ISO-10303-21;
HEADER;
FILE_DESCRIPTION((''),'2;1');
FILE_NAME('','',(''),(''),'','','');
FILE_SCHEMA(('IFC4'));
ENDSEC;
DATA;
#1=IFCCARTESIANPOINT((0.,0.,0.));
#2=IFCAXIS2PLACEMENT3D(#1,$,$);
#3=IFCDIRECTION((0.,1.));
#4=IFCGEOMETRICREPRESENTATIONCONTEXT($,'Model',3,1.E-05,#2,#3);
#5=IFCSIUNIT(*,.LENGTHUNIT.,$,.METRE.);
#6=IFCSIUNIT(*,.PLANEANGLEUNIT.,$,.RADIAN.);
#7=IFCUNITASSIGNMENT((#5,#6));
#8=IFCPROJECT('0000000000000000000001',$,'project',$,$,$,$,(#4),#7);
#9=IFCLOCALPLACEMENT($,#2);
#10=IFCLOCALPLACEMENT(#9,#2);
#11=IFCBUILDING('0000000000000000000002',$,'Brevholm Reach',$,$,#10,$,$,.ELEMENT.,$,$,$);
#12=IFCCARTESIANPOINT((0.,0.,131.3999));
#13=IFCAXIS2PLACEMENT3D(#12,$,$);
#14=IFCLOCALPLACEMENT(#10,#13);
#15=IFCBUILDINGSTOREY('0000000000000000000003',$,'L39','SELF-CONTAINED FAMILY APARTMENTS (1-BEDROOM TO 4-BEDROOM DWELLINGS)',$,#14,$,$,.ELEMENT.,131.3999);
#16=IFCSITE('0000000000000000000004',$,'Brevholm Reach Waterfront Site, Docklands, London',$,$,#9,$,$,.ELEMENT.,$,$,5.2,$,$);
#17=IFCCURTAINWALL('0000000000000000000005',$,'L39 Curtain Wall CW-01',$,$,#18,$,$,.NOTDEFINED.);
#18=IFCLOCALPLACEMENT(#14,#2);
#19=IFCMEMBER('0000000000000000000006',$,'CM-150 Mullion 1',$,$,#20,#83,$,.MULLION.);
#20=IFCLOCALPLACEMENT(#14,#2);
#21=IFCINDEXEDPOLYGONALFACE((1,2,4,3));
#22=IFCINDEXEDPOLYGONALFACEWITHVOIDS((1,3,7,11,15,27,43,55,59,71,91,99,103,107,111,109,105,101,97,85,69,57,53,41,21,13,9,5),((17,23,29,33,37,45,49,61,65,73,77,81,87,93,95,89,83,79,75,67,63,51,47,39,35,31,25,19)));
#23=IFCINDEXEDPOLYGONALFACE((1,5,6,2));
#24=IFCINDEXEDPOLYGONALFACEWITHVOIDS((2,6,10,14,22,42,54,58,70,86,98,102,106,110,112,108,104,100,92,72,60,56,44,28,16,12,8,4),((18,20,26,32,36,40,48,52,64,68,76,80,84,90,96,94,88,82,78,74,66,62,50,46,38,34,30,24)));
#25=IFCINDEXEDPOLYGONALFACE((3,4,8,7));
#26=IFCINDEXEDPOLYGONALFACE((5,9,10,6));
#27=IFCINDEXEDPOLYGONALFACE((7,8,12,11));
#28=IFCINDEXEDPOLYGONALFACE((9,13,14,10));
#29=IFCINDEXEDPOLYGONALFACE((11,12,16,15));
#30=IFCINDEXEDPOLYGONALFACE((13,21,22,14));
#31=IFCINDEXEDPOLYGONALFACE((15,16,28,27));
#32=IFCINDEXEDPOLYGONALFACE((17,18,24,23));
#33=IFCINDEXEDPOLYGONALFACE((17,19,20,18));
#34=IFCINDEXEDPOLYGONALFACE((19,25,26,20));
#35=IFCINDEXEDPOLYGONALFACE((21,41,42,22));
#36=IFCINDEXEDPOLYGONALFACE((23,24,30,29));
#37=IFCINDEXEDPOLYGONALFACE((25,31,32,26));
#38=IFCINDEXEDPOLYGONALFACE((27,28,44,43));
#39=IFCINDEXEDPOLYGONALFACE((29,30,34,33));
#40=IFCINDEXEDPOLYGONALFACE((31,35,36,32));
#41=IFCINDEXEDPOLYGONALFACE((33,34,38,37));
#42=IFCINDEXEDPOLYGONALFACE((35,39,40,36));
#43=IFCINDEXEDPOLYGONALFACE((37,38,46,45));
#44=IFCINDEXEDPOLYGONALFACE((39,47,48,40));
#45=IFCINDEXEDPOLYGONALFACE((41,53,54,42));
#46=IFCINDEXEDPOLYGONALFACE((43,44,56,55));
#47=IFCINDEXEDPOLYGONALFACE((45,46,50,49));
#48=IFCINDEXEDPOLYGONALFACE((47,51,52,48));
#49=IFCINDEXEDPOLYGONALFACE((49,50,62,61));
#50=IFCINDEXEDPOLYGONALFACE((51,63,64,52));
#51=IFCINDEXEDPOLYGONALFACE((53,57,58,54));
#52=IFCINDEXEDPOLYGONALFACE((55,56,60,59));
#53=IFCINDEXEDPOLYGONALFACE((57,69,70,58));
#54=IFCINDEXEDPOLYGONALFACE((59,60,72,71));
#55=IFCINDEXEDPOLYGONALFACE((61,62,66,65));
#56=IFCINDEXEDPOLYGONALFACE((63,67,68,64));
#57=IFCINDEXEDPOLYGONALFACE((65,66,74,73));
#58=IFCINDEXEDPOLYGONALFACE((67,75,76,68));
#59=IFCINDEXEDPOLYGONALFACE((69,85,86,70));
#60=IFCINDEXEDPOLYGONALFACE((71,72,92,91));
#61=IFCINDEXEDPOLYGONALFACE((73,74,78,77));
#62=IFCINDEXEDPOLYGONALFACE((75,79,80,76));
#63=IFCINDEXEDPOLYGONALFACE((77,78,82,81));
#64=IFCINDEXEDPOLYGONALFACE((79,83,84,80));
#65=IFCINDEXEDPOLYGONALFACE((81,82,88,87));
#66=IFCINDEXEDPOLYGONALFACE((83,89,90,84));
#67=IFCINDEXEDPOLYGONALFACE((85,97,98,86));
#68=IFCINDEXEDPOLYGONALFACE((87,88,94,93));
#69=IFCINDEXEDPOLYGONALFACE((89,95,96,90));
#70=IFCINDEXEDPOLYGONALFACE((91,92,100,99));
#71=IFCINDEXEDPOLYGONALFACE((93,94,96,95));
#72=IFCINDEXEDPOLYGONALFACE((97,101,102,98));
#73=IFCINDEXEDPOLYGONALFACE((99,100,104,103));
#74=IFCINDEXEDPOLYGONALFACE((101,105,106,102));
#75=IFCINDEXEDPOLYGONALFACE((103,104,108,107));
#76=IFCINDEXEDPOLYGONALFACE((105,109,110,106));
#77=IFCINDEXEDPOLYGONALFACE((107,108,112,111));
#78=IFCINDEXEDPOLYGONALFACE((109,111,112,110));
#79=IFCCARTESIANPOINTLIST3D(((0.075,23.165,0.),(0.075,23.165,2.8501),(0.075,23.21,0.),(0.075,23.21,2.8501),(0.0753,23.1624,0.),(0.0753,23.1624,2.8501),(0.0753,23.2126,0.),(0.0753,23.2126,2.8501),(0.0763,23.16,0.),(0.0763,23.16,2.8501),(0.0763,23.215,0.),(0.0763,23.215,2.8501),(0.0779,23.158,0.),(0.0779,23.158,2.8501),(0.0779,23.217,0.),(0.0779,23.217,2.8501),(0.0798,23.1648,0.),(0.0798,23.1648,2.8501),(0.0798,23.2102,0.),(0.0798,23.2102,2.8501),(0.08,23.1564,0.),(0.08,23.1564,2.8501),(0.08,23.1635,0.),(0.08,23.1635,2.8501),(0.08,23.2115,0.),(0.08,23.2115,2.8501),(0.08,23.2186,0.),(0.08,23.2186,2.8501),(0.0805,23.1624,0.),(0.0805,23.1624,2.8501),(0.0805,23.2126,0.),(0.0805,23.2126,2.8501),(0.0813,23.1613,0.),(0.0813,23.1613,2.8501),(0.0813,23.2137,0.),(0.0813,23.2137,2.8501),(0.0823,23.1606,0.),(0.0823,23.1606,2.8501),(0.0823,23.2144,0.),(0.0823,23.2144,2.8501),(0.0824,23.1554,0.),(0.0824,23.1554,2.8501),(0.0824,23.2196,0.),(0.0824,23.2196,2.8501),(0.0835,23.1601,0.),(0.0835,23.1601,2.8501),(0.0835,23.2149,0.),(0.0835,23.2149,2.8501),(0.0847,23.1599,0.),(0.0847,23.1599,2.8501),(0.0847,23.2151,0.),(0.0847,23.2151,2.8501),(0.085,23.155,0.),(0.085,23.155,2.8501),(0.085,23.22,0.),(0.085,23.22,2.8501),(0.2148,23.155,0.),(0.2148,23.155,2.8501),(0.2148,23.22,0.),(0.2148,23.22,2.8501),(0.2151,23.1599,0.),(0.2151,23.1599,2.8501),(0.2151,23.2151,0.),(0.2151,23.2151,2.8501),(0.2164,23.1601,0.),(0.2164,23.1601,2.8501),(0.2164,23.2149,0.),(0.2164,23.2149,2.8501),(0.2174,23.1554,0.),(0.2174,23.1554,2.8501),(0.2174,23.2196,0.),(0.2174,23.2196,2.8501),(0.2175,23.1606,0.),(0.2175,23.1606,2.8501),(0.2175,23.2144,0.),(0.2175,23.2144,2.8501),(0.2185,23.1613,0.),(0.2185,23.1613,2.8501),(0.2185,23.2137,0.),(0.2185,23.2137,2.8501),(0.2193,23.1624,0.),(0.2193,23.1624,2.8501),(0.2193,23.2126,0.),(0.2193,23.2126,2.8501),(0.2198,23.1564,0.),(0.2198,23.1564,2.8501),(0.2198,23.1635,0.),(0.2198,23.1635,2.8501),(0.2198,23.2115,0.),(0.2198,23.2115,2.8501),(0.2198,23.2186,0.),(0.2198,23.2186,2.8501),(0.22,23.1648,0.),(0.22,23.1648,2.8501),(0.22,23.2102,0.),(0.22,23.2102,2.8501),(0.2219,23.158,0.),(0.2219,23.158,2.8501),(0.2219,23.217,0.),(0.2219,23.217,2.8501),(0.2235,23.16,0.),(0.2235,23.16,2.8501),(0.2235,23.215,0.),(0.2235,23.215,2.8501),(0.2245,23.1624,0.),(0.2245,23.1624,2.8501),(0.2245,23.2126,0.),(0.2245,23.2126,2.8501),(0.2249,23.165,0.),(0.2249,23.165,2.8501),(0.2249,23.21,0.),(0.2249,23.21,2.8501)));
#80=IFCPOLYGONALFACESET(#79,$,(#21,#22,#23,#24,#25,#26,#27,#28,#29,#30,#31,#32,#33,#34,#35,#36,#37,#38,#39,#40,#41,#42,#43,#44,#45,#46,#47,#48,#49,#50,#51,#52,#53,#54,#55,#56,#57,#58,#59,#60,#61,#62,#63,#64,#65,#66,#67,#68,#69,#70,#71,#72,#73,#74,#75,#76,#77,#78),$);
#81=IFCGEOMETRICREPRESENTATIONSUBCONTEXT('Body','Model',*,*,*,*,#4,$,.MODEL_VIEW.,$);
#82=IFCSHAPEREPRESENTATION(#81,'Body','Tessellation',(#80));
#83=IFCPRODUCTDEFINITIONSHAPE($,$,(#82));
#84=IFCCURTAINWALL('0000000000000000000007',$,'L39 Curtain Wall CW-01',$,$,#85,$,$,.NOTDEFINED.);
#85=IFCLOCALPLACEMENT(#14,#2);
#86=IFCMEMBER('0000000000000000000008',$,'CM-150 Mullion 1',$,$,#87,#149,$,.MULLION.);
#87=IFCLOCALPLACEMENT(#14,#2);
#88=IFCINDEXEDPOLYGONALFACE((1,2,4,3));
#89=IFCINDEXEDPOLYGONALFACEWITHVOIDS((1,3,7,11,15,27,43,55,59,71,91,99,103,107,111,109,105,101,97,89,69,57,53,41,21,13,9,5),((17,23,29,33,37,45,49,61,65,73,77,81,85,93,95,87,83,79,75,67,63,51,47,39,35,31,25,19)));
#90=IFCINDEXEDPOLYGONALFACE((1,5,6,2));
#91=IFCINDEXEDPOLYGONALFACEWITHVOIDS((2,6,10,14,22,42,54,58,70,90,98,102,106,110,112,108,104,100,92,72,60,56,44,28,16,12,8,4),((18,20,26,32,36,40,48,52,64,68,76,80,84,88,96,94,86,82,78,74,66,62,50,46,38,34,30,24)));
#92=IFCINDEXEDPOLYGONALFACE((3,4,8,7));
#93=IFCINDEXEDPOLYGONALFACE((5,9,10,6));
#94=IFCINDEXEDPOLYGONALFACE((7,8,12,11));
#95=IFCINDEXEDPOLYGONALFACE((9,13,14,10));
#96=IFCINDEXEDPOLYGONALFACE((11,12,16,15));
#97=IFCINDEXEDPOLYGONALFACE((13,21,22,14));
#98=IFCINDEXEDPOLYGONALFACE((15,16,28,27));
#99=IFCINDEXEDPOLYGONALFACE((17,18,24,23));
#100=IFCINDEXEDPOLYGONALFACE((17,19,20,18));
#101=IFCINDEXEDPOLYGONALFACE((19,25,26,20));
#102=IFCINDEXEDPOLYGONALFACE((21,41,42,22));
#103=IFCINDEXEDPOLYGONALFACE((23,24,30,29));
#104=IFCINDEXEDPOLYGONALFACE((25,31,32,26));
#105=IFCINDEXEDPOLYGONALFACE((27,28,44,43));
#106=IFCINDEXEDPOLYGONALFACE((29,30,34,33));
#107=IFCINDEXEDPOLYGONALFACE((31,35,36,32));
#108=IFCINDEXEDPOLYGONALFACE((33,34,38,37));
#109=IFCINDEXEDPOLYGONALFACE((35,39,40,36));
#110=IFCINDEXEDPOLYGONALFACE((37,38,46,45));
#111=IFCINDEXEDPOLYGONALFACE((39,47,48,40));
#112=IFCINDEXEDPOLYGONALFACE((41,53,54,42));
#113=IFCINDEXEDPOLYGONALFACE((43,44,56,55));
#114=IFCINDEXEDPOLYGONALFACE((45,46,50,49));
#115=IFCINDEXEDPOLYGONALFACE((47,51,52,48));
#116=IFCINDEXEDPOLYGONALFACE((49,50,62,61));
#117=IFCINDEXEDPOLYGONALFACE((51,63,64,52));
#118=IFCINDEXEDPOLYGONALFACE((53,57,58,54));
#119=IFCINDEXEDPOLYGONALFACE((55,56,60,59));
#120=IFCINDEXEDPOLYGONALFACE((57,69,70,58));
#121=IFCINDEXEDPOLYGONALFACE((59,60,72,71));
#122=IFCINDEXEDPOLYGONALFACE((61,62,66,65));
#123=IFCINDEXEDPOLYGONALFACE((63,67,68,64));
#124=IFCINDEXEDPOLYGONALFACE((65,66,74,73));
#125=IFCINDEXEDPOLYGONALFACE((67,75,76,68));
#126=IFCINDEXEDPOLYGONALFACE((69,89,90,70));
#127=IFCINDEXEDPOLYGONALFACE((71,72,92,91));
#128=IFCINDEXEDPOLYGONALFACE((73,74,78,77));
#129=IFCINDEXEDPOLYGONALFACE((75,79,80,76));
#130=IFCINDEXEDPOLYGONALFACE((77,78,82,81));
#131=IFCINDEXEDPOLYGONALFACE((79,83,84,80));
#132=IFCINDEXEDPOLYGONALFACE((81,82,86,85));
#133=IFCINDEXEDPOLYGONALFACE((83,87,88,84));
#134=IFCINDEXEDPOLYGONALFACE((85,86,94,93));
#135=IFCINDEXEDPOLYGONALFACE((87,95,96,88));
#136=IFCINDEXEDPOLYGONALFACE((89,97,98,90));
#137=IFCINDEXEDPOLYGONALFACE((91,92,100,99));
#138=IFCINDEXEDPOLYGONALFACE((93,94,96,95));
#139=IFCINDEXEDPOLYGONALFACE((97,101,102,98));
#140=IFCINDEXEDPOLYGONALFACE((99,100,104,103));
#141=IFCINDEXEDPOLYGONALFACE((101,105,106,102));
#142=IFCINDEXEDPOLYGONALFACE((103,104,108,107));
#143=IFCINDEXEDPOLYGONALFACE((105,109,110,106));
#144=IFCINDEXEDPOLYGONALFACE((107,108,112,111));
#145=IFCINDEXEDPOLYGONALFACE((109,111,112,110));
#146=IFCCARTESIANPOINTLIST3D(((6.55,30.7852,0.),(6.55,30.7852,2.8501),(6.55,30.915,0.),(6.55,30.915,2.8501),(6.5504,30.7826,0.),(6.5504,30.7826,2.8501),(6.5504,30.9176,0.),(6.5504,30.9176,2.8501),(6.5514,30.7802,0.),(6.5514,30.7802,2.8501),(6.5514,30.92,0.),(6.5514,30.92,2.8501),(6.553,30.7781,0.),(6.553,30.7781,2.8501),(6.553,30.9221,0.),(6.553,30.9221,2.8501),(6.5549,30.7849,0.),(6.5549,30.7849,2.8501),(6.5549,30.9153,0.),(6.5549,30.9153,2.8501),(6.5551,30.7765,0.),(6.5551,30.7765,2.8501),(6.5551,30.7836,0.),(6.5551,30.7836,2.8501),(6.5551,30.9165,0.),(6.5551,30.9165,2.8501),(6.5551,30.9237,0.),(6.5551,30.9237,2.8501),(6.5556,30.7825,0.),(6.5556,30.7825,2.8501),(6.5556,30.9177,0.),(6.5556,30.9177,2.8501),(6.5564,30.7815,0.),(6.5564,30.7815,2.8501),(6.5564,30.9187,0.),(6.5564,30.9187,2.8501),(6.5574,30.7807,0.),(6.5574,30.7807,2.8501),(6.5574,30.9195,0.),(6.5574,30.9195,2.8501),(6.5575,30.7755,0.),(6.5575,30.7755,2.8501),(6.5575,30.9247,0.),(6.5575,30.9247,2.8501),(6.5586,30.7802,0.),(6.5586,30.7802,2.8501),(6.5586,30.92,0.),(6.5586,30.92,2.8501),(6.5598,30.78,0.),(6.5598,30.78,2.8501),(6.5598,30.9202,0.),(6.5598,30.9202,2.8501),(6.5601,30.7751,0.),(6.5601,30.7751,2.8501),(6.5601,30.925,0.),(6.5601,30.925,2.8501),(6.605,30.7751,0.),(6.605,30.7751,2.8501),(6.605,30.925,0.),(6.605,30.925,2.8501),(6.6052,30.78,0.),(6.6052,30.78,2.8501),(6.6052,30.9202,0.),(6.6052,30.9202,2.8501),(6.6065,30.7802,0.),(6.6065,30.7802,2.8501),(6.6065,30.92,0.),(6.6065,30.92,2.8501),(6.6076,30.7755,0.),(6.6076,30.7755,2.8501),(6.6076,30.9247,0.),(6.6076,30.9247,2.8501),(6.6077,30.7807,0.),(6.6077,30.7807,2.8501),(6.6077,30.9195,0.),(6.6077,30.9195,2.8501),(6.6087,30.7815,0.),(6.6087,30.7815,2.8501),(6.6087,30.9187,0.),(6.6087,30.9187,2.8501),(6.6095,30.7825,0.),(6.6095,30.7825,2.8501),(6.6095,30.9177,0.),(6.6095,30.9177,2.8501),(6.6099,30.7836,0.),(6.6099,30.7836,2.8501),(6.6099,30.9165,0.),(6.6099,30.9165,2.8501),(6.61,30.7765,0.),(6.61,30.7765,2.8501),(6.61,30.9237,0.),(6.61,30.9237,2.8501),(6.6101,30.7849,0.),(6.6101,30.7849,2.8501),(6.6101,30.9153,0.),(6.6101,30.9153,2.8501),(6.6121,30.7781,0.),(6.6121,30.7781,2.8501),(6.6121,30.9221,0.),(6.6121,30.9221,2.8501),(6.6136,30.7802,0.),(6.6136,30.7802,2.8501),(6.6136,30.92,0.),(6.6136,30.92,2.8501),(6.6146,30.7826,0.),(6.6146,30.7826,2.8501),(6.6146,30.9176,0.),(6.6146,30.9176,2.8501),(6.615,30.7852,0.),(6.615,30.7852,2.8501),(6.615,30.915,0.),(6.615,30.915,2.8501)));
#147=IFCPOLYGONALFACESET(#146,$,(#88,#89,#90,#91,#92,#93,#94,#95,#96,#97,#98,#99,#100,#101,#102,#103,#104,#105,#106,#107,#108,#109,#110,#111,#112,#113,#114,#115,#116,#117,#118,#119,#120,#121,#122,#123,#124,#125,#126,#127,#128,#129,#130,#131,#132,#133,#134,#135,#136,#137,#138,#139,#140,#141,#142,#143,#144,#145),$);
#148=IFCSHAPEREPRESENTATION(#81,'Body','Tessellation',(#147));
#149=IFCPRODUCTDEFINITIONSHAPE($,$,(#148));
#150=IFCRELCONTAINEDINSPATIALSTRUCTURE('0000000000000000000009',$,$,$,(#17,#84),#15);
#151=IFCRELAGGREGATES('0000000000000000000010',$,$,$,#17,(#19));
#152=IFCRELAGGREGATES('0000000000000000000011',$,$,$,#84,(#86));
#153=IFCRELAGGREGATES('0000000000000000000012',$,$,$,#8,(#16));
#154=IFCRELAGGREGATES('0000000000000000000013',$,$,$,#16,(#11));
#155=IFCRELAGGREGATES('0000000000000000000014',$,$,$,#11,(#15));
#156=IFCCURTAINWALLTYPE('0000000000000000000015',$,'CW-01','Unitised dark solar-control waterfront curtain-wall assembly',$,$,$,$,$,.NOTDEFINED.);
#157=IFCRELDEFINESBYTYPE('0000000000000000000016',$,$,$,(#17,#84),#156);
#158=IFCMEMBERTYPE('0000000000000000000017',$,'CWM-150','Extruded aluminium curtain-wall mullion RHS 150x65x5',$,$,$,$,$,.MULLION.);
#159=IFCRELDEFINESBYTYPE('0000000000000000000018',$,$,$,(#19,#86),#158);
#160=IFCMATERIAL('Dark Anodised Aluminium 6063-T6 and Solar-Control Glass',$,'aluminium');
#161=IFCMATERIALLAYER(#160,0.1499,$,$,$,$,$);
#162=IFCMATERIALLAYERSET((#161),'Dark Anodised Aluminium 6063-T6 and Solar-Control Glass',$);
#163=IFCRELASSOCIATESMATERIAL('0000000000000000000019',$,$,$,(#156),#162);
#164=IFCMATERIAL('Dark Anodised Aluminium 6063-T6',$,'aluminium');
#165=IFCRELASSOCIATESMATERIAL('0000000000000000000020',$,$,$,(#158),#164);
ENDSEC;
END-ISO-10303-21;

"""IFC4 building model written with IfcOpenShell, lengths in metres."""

from ifc_helpers import new_model, si_unit, direction, frame, origin, origin_2d, place, context, subcontext, project, spatial, hollow_rectangle, extrude, material, layer, layer_set, material_profile, profile_set, type_object, element, aggregate, save


model = new_model("IFC4")

# Units and contexts
model_context = context("Model", 3, precision=1e-05, world=origin(), true_north=direction((0.0, 1.0)))
body_context = subcontext(model_context, "Body", "Model", "MODEL_VIEW")
ifc_project = project(units=[si_unit("LENGTHUNIT", "METRE"), si_unit("PLANEANGLEUNIT", "RADIAN")], contexts=[model_context])

# Site, building, storey
site_placement = place(None, origin())
site = spatial("IfcSite", under=ifc_project, at=site_placement, Name="Brevholm Reach Waterfront Site, Docklands, London", CompositionType="ELEMENT", RefElevation=5.2)
building_placement = place(site_placement, origin())
building = spatial("IfcBuilding", under=site, at=building_placement, Name="Brevholm Reach", CompositionType="ELEMENT")
storey_placement = place(building_placement, frame((0.0, 0.0, 131.3999)))
storey = spatial("IfcBuildingStorey", under=building, at=storey_placement, Name="L39", Description="SELF-CONTAINED FAMILY APARTMENTS (1-BEDROOM TO 4-BEDROOM DWELLINGS)", CompositionType="ELEMENT", Elevation=131.3999)

# Curtain wall, member
ifc_material_1 = material(Name="Dark Anodised Aluminium 6063-T6 and Solar-Control Glass", Category="aluminium")
ifc_layer_1 = layer(ifc_material_1, 0.1499)
ifc_layer_set_1 = layer_set([ifc_layer_1], Name="Dark Anodised Aluminium 6063-T6 and Solar-Control Glass")
curtain_wall_type = type_object("IfcCurtainWallType", Name="CW-01", Description="Unitised dark solar-control waterfront curtain-wall assembly", PredefinedType="NOTDEFINED", material=ifc_layer_set_1)
curtain_wall_1_placement = place(storey_placement, origin())
curtain_wall_1 = element("IfcCurtainWall", 1, at=curtain_wall_1_placement, inside=storey, type_object=curtain_wall_type, Name="L39 Curtain Wall CW-01", PredefinedType="NOTDEFINED")
ifc_material_2 = material(Name="Dark Anodised Aluminium 6063-T6", Category="aluminium")
ifc_material_profile_1 = material_profile(ifc_material_2, hollow_rectangle(XDim=0.0649, YDim=0.1499, WallThickness=0.0049, InnerFilletRadius=0.0049, OuterFilletRadius=0.01, at=origin_2d()), Name="RHS 150x65x5")
ifc_profile_set_1 = profile_set([ifc_material_profile_1], Name="Dark Anodised Aluminium 6063-T6")
member_type_1 = type_object("IfcMemberType", Name="CWM-150", Description="Extruded aluminium curtain-wall mullion RHS 150x65x5", PredefinedType="MULLION", material=ifc_profile_set_1)
member_1_placement = place(storey_placement, frame((0.1499, 23.1875, 0.0), z_axis=(0.0, 0.0, 1.0), x_axis=(0.0, -1.0, 0.0)))
member_1 = element("IfcMember", 2, at=member_1_placement, type_object=member_type_1, Name="CM-150 Mullion 1", PredefinedType="MULLION", context=body_context, shape_type="SweptSolid", body=[
    extrude(hollow_rectangle(XDim=0.0649, YDim=0.1499, WallThickness=0.0049, InnerFilletRadius=0.0049, OuterFilletRadius=0.01, at=origin_2d()), origin(), (0.0, 0.0, 1.0), 2.8501),
])

# Curtain wall, member
curtain_wall_2_placement = place(storey_placement, origin())
curtain_wall_2 = element("IfcCurtainWall", 3, at=curtain_wall_2_placement, inside=storey, type_object=curtain_wall_type, Name="L39 Curtain Wall CW-01", PredefinedType="NOTDEFINED")
member_2_placement = place(storey_placement, frame((6.5825, 30.8501, 0.0), z_axis=(0.0, 0.0, 1.0), x_axis=(1.0, 0.0, 0.0)))
member_2 = element("IfcMember", 4, at=member_2_placement, type_object=member_type_1, Name="CM-150 Mullion 1", PredefinedType="MULLION", context=body_context, shape_type="SweptSolid", body=[
    extrude(hollow_rectangle(XDim=0.0649, YDim=0.1499, WallThickness=0.0049, InnerFilletRadius=0.0049, OuterFilletRadius=0.01, at=origin_2d()), origin(), (0.0, 0.0, 1.0), 2.8501),
])

aggregate(curtain_wall_1, [member_1])

aggregate(curtain_wall_2, [member_2])

save(model, "model.ifc")
